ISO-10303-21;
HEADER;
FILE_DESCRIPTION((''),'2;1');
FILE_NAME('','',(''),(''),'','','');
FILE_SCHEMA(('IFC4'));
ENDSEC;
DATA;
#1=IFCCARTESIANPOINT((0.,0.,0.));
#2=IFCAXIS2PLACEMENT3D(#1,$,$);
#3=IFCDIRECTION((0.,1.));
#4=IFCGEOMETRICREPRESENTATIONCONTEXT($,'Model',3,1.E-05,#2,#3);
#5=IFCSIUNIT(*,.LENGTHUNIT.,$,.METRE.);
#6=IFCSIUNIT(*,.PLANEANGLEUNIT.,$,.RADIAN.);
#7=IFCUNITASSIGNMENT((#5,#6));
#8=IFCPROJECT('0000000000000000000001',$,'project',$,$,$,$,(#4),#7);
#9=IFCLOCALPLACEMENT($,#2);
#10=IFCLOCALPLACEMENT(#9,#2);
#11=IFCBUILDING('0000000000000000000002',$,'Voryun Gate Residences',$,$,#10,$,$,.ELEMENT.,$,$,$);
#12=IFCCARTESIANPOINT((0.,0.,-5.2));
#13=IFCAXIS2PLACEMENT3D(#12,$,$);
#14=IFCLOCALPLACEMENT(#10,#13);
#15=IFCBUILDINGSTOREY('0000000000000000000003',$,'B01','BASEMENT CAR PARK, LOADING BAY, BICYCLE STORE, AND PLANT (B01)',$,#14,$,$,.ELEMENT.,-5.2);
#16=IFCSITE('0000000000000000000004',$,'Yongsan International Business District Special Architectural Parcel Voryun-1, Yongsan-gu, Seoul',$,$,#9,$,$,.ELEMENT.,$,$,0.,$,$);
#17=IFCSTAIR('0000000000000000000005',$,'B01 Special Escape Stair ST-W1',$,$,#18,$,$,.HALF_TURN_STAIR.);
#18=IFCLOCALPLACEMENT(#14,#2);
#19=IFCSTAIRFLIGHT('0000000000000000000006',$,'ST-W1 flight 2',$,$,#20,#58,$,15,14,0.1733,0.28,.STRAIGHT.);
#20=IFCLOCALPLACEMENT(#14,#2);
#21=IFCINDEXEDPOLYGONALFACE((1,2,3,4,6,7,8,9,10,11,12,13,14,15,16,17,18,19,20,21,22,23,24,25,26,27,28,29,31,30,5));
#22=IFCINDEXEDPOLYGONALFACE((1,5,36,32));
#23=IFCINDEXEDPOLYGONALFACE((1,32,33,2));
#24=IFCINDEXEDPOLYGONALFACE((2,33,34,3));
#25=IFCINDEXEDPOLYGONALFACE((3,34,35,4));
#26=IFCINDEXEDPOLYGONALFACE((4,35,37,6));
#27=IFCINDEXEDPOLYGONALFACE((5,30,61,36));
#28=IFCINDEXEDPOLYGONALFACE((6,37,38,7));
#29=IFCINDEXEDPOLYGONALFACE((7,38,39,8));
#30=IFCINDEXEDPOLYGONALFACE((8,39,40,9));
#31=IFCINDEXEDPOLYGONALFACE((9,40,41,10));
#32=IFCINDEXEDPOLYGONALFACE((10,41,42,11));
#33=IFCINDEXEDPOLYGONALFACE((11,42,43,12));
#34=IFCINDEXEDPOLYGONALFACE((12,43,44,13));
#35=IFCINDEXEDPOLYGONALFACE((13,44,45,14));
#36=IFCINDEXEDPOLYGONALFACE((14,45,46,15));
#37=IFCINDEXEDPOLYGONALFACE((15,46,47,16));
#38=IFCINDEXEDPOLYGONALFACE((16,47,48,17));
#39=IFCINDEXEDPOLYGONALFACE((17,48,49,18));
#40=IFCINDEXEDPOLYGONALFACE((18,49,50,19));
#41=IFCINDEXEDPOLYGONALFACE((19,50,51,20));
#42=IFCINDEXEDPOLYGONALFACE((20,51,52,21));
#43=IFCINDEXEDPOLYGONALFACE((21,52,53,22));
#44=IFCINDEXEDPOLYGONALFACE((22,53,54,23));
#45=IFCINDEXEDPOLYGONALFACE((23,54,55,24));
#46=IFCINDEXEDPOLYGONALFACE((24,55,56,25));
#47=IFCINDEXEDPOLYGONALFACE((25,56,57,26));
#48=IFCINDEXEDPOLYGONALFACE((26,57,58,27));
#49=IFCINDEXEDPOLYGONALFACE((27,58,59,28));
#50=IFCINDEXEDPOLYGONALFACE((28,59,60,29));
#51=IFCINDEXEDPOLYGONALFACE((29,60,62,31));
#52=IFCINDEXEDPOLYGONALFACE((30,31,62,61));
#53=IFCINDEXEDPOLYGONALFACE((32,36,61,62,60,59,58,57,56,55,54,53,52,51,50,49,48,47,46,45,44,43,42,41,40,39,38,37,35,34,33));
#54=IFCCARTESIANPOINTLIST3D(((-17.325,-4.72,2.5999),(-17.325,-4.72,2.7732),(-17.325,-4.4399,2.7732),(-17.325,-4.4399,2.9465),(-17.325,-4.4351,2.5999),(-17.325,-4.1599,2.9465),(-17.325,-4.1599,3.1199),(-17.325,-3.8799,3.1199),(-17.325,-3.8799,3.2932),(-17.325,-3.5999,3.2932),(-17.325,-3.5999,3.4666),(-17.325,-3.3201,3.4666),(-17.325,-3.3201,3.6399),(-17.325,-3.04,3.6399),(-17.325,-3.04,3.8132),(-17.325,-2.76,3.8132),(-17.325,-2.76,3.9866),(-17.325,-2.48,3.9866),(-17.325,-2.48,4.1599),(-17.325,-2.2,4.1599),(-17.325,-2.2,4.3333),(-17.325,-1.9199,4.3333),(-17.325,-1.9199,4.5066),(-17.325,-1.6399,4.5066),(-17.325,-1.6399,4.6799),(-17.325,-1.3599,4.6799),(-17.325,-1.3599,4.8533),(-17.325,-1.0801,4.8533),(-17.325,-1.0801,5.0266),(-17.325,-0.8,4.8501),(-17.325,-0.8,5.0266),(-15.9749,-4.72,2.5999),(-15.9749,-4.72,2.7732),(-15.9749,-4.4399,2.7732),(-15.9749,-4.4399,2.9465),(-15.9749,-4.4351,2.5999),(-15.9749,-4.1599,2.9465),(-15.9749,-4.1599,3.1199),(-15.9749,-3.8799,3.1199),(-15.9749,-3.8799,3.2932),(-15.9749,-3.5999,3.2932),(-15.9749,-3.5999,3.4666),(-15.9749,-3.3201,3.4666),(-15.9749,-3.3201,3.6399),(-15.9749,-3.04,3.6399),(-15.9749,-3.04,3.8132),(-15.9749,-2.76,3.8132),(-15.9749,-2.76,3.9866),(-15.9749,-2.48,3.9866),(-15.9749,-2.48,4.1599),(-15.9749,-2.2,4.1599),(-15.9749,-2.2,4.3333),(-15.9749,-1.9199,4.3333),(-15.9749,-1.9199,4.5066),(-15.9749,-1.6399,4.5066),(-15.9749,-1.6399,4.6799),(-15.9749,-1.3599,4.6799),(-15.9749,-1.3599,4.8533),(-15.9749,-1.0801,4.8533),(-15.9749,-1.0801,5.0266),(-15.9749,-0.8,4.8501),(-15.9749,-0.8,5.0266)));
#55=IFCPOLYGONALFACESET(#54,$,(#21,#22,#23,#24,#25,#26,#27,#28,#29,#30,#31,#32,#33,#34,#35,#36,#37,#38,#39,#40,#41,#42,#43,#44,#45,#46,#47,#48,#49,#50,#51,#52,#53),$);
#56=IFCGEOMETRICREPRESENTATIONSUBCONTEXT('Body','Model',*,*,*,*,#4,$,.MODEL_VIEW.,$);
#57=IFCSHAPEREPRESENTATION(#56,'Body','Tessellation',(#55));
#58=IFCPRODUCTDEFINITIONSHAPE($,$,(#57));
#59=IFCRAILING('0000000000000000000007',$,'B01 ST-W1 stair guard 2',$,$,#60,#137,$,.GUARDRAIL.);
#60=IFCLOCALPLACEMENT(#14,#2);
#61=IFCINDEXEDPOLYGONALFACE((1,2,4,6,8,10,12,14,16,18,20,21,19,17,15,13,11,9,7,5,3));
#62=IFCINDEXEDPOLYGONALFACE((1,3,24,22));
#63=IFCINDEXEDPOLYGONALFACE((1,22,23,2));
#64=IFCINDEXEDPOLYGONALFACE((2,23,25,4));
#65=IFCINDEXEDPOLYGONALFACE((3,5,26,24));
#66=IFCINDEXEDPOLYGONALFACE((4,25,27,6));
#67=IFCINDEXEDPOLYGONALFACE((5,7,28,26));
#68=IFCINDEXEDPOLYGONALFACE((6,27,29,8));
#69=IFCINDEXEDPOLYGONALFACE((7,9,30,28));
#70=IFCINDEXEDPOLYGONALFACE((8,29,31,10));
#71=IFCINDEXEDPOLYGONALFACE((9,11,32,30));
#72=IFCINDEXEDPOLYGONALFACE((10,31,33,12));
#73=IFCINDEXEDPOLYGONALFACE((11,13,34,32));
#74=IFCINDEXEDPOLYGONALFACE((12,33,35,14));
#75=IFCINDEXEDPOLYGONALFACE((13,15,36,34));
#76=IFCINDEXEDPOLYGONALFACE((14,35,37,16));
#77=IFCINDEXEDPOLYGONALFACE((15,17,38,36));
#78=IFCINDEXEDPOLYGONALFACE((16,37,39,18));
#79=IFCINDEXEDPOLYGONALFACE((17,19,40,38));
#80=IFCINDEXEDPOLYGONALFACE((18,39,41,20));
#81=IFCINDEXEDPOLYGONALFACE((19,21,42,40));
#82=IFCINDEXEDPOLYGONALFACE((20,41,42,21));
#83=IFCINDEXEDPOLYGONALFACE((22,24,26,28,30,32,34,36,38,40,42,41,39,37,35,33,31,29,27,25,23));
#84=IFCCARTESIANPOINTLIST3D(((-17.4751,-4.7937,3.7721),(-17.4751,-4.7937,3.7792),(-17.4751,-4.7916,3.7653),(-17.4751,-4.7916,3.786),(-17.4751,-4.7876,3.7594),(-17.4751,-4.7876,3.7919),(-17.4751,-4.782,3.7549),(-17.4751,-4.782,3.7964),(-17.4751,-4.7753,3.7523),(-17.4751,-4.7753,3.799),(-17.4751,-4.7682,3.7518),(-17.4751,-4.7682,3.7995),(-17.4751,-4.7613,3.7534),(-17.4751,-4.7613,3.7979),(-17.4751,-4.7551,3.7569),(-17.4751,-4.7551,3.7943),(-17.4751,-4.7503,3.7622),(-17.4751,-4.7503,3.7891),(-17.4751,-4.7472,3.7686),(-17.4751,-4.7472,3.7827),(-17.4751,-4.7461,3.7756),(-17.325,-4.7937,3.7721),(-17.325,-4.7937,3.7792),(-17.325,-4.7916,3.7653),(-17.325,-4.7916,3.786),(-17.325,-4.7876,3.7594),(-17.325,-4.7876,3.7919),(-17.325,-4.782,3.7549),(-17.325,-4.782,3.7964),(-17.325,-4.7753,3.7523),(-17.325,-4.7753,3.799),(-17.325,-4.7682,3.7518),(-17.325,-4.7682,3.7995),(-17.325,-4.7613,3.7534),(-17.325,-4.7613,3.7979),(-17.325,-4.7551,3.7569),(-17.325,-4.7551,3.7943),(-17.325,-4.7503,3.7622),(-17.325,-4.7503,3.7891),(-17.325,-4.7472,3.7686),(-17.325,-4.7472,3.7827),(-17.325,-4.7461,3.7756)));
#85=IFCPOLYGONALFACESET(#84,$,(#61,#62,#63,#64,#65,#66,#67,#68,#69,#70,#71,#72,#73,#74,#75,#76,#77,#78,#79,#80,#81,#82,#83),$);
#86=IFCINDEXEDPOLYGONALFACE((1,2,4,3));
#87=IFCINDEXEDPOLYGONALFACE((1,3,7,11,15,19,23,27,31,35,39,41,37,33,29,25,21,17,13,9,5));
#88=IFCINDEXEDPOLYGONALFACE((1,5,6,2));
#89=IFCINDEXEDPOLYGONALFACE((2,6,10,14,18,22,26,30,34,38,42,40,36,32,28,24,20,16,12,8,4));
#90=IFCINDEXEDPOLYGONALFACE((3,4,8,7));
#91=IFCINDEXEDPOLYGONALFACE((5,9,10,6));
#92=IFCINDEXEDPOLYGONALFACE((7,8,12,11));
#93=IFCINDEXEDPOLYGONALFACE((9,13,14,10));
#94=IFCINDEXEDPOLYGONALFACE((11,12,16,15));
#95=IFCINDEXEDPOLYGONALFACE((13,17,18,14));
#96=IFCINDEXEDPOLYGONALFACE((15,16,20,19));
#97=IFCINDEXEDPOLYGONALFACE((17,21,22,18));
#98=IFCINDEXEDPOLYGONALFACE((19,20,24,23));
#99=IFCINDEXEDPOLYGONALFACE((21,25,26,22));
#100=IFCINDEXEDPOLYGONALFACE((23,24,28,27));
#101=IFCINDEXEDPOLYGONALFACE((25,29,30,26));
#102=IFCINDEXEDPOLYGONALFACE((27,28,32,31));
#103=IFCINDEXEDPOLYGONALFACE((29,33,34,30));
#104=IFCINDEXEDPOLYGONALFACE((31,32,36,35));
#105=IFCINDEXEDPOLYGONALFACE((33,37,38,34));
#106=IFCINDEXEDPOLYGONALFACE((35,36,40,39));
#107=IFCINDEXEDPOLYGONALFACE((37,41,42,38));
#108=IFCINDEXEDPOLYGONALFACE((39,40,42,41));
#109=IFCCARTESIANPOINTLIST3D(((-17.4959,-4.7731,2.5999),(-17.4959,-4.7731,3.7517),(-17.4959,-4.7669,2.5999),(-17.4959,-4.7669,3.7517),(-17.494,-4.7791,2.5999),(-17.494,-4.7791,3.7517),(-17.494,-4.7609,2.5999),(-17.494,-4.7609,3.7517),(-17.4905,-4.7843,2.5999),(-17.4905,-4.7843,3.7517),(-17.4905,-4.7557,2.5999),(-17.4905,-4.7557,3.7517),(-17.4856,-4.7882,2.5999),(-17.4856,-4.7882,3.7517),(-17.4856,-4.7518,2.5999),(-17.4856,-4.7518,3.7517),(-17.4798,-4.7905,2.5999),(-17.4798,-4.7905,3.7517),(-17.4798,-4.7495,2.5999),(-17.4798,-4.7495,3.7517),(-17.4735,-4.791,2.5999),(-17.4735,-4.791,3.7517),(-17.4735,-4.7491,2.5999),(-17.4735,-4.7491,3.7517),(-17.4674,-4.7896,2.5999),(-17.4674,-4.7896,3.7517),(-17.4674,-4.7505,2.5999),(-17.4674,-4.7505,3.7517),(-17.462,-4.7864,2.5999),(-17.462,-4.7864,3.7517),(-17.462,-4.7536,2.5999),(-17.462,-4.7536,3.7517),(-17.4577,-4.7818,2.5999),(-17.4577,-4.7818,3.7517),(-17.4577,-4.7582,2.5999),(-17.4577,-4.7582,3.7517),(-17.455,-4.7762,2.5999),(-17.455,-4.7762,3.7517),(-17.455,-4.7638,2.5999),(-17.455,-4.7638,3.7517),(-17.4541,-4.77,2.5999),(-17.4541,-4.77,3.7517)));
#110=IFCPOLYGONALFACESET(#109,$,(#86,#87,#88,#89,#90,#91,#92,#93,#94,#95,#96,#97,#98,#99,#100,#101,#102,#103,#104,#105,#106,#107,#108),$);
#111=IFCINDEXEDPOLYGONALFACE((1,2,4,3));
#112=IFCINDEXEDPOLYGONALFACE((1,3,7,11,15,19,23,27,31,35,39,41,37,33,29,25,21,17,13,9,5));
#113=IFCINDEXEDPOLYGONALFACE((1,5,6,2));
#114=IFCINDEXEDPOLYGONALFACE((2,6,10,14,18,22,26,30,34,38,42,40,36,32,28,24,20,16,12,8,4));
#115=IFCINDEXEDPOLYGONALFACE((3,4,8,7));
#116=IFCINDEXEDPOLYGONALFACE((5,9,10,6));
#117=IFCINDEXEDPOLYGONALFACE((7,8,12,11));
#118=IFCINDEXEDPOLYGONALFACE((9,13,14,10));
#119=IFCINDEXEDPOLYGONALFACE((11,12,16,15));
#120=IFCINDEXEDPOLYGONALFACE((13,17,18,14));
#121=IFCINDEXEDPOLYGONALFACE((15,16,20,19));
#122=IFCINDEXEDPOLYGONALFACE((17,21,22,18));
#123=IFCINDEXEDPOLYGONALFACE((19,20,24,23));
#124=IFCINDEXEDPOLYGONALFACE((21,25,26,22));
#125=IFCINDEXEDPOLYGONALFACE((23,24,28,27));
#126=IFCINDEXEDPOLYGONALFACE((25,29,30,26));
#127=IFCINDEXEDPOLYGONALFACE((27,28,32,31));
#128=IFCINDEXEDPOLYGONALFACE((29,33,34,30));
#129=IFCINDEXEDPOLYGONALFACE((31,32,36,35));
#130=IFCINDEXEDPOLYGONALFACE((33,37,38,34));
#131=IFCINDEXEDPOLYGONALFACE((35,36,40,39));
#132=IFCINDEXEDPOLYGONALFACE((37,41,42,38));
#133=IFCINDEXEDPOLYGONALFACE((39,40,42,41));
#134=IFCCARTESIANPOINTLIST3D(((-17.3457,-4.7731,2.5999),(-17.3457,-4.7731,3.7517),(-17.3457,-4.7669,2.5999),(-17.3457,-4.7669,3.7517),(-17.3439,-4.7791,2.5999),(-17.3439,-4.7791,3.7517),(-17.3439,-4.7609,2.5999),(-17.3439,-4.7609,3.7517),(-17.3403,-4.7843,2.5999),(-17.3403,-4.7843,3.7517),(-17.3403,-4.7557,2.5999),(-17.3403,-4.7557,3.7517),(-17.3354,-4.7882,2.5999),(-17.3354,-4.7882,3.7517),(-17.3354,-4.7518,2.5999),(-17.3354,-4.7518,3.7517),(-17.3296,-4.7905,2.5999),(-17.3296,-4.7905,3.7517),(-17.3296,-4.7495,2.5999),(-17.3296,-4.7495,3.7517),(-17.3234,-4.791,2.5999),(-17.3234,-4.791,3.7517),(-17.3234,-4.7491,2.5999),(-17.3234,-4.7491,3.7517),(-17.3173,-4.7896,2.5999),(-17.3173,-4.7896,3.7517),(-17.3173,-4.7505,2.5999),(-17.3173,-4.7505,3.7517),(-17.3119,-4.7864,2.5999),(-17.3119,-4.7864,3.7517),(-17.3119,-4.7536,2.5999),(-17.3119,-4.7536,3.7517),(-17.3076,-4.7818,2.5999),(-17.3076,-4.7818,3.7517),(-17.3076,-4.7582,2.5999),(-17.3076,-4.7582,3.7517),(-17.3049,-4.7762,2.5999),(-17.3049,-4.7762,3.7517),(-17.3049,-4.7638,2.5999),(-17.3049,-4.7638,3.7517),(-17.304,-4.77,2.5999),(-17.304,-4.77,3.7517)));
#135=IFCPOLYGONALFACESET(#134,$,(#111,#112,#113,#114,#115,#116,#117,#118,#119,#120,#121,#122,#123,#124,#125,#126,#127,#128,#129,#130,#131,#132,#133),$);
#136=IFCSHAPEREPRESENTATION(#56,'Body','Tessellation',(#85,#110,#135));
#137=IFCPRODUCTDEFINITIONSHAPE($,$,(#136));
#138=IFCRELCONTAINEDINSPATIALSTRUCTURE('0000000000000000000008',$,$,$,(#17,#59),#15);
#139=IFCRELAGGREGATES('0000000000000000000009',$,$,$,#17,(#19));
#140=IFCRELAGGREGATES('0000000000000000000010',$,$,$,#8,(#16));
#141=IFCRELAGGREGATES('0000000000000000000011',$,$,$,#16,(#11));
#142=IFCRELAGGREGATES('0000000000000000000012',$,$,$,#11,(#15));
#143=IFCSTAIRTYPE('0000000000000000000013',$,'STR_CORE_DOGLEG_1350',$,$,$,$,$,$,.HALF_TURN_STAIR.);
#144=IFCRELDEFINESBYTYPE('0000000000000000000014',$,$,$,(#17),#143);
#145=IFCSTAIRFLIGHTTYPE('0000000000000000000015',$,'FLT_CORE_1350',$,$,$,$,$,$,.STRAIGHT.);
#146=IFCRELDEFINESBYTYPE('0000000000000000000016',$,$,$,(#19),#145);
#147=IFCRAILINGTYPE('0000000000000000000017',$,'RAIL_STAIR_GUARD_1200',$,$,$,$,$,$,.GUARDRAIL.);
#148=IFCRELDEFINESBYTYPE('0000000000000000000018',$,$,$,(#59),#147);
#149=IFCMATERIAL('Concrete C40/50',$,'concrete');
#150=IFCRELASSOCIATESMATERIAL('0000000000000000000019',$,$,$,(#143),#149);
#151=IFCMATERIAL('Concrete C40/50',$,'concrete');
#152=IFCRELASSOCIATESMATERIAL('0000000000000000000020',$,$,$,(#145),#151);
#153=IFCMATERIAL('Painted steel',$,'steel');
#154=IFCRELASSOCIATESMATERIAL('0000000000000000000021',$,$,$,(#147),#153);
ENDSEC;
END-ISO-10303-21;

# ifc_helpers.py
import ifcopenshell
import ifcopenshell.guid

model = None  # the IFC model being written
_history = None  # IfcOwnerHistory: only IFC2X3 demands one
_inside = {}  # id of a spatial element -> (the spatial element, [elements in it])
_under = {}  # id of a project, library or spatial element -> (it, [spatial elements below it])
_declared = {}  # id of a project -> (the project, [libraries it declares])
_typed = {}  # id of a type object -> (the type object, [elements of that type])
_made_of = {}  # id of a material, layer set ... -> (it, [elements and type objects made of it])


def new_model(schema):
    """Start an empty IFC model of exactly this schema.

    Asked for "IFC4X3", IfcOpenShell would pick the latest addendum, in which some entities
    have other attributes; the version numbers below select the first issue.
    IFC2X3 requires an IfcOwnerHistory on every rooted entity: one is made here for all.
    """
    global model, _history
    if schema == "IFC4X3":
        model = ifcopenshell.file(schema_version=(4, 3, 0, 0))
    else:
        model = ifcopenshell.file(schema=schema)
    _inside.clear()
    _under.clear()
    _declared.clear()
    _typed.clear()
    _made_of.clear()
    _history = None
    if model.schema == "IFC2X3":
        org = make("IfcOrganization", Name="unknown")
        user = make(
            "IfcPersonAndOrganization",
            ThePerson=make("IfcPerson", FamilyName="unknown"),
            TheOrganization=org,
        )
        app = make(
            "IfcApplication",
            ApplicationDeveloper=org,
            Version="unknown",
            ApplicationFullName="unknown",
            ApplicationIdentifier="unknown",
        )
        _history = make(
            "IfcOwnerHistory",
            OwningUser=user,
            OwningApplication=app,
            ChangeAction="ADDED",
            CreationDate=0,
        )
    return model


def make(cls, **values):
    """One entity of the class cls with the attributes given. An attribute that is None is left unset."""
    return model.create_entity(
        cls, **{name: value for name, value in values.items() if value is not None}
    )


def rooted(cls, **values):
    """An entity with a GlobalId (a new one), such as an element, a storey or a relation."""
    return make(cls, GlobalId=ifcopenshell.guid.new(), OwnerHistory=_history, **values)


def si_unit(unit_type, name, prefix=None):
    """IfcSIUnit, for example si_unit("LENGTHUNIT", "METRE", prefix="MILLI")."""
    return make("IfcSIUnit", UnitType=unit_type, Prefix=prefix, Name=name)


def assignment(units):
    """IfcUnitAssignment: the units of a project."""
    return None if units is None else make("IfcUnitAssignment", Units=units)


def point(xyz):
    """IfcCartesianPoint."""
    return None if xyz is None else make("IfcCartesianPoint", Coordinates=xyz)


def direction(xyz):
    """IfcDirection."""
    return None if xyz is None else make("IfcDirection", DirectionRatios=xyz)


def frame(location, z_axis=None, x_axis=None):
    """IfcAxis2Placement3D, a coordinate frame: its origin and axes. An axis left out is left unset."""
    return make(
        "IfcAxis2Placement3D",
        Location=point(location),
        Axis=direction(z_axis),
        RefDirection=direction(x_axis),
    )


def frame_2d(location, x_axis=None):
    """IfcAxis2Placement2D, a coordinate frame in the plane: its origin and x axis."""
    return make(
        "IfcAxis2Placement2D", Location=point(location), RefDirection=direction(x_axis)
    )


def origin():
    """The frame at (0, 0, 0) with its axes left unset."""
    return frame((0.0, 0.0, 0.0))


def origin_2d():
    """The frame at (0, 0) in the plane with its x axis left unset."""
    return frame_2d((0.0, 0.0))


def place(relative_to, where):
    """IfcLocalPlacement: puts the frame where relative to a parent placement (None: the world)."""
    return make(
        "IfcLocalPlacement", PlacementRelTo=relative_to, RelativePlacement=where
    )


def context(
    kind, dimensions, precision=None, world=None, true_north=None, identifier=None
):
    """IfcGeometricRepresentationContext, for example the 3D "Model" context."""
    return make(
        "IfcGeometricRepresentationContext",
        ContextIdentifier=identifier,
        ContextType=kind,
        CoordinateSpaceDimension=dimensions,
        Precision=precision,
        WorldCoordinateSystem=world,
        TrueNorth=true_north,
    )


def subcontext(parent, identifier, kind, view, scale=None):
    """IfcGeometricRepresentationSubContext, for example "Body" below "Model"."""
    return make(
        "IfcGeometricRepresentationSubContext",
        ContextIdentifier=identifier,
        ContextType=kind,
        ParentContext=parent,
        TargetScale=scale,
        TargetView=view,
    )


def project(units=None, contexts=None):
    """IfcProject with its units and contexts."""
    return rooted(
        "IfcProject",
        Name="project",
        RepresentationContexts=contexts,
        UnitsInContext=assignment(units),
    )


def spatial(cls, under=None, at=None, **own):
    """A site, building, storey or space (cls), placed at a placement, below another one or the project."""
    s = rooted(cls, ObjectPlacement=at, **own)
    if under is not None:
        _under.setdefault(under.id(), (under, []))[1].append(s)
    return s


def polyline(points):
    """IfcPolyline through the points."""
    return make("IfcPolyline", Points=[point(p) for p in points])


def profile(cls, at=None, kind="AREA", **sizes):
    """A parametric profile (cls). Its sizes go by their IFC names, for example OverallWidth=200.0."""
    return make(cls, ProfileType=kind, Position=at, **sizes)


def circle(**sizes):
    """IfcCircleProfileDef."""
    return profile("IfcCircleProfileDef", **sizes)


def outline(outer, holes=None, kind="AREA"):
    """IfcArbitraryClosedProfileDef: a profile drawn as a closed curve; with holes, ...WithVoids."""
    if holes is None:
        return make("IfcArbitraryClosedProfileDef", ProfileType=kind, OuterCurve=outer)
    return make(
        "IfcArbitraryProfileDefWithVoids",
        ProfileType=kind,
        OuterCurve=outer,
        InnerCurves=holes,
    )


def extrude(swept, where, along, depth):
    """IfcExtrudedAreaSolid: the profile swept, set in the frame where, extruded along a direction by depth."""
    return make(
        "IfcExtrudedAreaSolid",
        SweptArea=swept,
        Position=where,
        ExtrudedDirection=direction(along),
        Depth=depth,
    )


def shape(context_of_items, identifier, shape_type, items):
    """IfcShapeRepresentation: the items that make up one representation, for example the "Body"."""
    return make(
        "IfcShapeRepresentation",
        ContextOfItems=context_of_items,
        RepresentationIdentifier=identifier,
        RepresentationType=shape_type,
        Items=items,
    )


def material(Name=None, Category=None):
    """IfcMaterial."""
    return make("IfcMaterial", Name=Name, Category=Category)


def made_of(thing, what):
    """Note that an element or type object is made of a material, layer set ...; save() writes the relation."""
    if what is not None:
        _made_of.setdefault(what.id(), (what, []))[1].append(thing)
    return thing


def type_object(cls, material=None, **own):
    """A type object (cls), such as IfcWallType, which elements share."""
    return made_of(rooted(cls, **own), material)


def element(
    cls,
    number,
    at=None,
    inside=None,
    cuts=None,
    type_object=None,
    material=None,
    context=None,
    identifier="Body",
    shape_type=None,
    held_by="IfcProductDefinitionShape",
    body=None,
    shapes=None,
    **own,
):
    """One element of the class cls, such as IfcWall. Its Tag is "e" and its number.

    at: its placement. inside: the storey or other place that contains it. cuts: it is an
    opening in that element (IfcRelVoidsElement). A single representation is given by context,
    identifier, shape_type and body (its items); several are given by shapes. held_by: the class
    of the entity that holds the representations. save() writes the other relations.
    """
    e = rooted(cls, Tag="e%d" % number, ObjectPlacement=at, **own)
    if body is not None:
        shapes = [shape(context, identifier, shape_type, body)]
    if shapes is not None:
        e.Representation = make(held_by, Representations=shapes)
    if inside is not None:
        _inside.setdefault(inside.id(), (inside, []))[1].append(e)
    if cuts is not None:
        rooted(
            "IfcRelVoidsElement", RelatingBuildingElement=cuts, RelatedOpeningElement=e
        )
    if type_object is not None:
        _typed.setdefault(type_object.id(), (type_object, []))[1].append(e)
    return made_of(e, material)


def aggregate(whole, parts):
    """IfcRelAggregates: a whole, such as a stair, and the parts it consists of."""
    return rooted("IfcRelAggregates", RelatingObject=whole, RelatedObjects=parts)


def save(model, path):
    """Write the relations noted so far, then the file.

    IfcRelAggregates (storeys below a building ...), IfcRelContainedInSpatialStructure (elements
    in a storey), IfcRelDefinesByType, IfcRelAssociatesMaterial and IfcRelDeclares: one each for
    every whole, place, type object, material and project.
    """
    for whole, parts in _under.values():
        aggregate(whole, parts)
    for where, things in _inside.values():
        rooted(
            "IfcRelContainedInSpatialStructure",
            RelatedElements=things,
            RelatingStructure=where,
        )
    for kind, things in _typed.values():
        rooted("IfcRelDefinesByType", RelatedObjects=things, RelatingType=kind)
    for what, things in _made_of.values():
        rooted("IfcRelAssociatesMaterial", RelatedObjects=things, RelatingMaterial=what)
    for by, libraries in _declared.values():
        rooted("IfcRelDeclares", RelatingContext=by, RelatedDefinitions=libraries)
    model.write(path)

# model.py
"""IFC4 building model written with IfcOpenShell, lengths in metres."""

from ifc_helpers import new_model, si_unit, direction, frame, origin, origin_2d, place, context, subcontext, project, spatial, polyline, circle, outline, extrude, material, type_object, element, aggregate, save


model = new_model("IFC4")

# Units and contexts
model_context = context("Model", 3, precision=1e-05, world=origin(), true_north=direction((0.0, 1.0)))
body_context = subcontext(model_context, "Body", "Model", "MODEL_VIEW")
ifc_project = project(units=[si_unit("LENGTHUNIT", "METRE"), si_unit("PLANEANGLEUNIT", "RADIAN")], contexts=[model_context])

# Site, building, storey
site_placement = place(None, origin())
site = spatial("IfcSite", under=ifc_project, at=site_placement, Name="Yongsan International Business District Special Architectural Parcel Voryun-1, Yongsan-gu, Seoul", CompositionType="ELEMENT", RefElevation=0.0)
building_placement = place(site_placement, origin())
building = spatial("IfcBuilding", under=site, at=building_placement, Name="Voryun Gate Residences", CompositionType="ELEMENT")
storey_placement = place(building_placement, frame((0.0, 0.0, -5.2)))
storey = spatial("IfcBuildingStorey", under=building, at=storey_placement, Name="B01", Description="BASEMENT CAR PARK, LOADING BAY, BICYCLE STORE, AND PLANT (B01)", CompositionType="ELEMENT", Elevation=-5.2)

# Stair, stair flight
ifc_material_1 = material(Name="Concrete C40/50", Category="concrete")
stair_type = type_object("IfcStairType", Name="STR_CORE_DOGLEG_1350", PredefinedType="HALF_TURN_STAIR", material=ifc_material_1)
stair_placement = place(storey_placement, origin())
stair = element("IfcStair", 1, at=stair_placement, inside=storey, type_object=stair_type, Name="B01 Special Escape Stair ST-W1", PredefinedType="HALF_TURN_STAIR")
ifc_material_2 = material(Name="Concrete C40/50", Category="concrete")
stair_flight_type = type_object("IfcStairFlightType", Name="FLT_CORE_1350", PredefinedType="STRAIGHT", material=ifc_material_2)
stair_flight_1_placement = place(storey_placement, frame((-16.6499, -4.72, 2.5999), z_axis=(0.0, 0.0, 1.0), x_axis=(0.0, 1.0, 0.0)))
stair_flight_1 = element("IfcStairFlight", 2, at=stair_flight_1_placement, type_object=stair_flight_type, Name="ST-W1 flight 2", NumberOfRisers=15, NumberOfTreads=14, PredefinedType="STRAIGHT", RiserHeight=0.1733, TreadLength=0.28, context=body_context, shape_type="SweptSolid", body=[
    extrude(outline(polyline([(0.0, 0.0), (0.0, 0.1733), (0.28, 0.1733), (0.28, 0.3467), (0.5601, 0.3467), (0.5601, 0.52), (0.8401, 0.52), (0.8401, 0.6934), (1.1201, 0.6934), (1.1201, 0.8667), (1.3999, 0.8667), (1.3999, 1.04), (1.6799, 1.04), (1.6799, 1.2134), (1.96, 1.2134), (1.96, 1.3867), (2.24, 1.3867), (2.24, 1.5601), (2.52, 1.5601), (2.52, 1.7334), (2.8, 1.7334), (2.8, 1.9067), (3.0801, 1.9067), (3.0801, 2.0801), (3.3601, 2.0801), (3.3601, 2.2534), (3.6399, 2.2534), (3.6399, 2.4268), (3.9199, 2.4268), (3.9199, 2.6001), (3.9199, 2.2502), (0.2849, 0.0), (0.0, 0.0)])), frame((0.0, 0.675, 0.0), z_axis=(0.0, -1.0, 0.0), x_axis=(1.0, 0.0, 0.0)), (0.0, 0.0, 1.0), 1.3501),
])
aggregate(stair, [stair_flight_1])

# Railing
ifc_material_3 = material(Name="Painted steel", Category="steel")
railing_type_1 = type_object("IfcRailingType", Name="RAIL_STAIR_GUARD_1200", PredefinedType="GUARDRAIL", material=ifc_material_3)
railing_1_placement = place(storey_placement, frame((-17.4751, -4.77, 2.5999)))
element("IfcRailing", 3, at=railing_1_placement, inside=storey, type_object=railing_type_1, Name="B01 ST-W1 stair guard 2", PredefinedType="GUARDRAIL", context=body_context, shape_type="SweptSolid", body=[
    extrude(circle(Radius=0.0239, at=origin_2d()), frame((0.0, 0.0, 1.1758), z_axis=(1.0, 0.0, 0.0), x_axis=(0.0, 1.0, 0.0)), (0.0, 0.0, 1.0), 0.1501),
    extrude(circle(Radius=0.021, at=origin_2d()), origin(), (0.0, 0.0, 1.0), 1.1519),
    extrude(circle(Radius=0.021, at=origin_2d()), frame((0.1501, 0.0, 0.0)), (0.0, 0.0, 1.0), 1.1519),
])

save(model, "model.ifc")
